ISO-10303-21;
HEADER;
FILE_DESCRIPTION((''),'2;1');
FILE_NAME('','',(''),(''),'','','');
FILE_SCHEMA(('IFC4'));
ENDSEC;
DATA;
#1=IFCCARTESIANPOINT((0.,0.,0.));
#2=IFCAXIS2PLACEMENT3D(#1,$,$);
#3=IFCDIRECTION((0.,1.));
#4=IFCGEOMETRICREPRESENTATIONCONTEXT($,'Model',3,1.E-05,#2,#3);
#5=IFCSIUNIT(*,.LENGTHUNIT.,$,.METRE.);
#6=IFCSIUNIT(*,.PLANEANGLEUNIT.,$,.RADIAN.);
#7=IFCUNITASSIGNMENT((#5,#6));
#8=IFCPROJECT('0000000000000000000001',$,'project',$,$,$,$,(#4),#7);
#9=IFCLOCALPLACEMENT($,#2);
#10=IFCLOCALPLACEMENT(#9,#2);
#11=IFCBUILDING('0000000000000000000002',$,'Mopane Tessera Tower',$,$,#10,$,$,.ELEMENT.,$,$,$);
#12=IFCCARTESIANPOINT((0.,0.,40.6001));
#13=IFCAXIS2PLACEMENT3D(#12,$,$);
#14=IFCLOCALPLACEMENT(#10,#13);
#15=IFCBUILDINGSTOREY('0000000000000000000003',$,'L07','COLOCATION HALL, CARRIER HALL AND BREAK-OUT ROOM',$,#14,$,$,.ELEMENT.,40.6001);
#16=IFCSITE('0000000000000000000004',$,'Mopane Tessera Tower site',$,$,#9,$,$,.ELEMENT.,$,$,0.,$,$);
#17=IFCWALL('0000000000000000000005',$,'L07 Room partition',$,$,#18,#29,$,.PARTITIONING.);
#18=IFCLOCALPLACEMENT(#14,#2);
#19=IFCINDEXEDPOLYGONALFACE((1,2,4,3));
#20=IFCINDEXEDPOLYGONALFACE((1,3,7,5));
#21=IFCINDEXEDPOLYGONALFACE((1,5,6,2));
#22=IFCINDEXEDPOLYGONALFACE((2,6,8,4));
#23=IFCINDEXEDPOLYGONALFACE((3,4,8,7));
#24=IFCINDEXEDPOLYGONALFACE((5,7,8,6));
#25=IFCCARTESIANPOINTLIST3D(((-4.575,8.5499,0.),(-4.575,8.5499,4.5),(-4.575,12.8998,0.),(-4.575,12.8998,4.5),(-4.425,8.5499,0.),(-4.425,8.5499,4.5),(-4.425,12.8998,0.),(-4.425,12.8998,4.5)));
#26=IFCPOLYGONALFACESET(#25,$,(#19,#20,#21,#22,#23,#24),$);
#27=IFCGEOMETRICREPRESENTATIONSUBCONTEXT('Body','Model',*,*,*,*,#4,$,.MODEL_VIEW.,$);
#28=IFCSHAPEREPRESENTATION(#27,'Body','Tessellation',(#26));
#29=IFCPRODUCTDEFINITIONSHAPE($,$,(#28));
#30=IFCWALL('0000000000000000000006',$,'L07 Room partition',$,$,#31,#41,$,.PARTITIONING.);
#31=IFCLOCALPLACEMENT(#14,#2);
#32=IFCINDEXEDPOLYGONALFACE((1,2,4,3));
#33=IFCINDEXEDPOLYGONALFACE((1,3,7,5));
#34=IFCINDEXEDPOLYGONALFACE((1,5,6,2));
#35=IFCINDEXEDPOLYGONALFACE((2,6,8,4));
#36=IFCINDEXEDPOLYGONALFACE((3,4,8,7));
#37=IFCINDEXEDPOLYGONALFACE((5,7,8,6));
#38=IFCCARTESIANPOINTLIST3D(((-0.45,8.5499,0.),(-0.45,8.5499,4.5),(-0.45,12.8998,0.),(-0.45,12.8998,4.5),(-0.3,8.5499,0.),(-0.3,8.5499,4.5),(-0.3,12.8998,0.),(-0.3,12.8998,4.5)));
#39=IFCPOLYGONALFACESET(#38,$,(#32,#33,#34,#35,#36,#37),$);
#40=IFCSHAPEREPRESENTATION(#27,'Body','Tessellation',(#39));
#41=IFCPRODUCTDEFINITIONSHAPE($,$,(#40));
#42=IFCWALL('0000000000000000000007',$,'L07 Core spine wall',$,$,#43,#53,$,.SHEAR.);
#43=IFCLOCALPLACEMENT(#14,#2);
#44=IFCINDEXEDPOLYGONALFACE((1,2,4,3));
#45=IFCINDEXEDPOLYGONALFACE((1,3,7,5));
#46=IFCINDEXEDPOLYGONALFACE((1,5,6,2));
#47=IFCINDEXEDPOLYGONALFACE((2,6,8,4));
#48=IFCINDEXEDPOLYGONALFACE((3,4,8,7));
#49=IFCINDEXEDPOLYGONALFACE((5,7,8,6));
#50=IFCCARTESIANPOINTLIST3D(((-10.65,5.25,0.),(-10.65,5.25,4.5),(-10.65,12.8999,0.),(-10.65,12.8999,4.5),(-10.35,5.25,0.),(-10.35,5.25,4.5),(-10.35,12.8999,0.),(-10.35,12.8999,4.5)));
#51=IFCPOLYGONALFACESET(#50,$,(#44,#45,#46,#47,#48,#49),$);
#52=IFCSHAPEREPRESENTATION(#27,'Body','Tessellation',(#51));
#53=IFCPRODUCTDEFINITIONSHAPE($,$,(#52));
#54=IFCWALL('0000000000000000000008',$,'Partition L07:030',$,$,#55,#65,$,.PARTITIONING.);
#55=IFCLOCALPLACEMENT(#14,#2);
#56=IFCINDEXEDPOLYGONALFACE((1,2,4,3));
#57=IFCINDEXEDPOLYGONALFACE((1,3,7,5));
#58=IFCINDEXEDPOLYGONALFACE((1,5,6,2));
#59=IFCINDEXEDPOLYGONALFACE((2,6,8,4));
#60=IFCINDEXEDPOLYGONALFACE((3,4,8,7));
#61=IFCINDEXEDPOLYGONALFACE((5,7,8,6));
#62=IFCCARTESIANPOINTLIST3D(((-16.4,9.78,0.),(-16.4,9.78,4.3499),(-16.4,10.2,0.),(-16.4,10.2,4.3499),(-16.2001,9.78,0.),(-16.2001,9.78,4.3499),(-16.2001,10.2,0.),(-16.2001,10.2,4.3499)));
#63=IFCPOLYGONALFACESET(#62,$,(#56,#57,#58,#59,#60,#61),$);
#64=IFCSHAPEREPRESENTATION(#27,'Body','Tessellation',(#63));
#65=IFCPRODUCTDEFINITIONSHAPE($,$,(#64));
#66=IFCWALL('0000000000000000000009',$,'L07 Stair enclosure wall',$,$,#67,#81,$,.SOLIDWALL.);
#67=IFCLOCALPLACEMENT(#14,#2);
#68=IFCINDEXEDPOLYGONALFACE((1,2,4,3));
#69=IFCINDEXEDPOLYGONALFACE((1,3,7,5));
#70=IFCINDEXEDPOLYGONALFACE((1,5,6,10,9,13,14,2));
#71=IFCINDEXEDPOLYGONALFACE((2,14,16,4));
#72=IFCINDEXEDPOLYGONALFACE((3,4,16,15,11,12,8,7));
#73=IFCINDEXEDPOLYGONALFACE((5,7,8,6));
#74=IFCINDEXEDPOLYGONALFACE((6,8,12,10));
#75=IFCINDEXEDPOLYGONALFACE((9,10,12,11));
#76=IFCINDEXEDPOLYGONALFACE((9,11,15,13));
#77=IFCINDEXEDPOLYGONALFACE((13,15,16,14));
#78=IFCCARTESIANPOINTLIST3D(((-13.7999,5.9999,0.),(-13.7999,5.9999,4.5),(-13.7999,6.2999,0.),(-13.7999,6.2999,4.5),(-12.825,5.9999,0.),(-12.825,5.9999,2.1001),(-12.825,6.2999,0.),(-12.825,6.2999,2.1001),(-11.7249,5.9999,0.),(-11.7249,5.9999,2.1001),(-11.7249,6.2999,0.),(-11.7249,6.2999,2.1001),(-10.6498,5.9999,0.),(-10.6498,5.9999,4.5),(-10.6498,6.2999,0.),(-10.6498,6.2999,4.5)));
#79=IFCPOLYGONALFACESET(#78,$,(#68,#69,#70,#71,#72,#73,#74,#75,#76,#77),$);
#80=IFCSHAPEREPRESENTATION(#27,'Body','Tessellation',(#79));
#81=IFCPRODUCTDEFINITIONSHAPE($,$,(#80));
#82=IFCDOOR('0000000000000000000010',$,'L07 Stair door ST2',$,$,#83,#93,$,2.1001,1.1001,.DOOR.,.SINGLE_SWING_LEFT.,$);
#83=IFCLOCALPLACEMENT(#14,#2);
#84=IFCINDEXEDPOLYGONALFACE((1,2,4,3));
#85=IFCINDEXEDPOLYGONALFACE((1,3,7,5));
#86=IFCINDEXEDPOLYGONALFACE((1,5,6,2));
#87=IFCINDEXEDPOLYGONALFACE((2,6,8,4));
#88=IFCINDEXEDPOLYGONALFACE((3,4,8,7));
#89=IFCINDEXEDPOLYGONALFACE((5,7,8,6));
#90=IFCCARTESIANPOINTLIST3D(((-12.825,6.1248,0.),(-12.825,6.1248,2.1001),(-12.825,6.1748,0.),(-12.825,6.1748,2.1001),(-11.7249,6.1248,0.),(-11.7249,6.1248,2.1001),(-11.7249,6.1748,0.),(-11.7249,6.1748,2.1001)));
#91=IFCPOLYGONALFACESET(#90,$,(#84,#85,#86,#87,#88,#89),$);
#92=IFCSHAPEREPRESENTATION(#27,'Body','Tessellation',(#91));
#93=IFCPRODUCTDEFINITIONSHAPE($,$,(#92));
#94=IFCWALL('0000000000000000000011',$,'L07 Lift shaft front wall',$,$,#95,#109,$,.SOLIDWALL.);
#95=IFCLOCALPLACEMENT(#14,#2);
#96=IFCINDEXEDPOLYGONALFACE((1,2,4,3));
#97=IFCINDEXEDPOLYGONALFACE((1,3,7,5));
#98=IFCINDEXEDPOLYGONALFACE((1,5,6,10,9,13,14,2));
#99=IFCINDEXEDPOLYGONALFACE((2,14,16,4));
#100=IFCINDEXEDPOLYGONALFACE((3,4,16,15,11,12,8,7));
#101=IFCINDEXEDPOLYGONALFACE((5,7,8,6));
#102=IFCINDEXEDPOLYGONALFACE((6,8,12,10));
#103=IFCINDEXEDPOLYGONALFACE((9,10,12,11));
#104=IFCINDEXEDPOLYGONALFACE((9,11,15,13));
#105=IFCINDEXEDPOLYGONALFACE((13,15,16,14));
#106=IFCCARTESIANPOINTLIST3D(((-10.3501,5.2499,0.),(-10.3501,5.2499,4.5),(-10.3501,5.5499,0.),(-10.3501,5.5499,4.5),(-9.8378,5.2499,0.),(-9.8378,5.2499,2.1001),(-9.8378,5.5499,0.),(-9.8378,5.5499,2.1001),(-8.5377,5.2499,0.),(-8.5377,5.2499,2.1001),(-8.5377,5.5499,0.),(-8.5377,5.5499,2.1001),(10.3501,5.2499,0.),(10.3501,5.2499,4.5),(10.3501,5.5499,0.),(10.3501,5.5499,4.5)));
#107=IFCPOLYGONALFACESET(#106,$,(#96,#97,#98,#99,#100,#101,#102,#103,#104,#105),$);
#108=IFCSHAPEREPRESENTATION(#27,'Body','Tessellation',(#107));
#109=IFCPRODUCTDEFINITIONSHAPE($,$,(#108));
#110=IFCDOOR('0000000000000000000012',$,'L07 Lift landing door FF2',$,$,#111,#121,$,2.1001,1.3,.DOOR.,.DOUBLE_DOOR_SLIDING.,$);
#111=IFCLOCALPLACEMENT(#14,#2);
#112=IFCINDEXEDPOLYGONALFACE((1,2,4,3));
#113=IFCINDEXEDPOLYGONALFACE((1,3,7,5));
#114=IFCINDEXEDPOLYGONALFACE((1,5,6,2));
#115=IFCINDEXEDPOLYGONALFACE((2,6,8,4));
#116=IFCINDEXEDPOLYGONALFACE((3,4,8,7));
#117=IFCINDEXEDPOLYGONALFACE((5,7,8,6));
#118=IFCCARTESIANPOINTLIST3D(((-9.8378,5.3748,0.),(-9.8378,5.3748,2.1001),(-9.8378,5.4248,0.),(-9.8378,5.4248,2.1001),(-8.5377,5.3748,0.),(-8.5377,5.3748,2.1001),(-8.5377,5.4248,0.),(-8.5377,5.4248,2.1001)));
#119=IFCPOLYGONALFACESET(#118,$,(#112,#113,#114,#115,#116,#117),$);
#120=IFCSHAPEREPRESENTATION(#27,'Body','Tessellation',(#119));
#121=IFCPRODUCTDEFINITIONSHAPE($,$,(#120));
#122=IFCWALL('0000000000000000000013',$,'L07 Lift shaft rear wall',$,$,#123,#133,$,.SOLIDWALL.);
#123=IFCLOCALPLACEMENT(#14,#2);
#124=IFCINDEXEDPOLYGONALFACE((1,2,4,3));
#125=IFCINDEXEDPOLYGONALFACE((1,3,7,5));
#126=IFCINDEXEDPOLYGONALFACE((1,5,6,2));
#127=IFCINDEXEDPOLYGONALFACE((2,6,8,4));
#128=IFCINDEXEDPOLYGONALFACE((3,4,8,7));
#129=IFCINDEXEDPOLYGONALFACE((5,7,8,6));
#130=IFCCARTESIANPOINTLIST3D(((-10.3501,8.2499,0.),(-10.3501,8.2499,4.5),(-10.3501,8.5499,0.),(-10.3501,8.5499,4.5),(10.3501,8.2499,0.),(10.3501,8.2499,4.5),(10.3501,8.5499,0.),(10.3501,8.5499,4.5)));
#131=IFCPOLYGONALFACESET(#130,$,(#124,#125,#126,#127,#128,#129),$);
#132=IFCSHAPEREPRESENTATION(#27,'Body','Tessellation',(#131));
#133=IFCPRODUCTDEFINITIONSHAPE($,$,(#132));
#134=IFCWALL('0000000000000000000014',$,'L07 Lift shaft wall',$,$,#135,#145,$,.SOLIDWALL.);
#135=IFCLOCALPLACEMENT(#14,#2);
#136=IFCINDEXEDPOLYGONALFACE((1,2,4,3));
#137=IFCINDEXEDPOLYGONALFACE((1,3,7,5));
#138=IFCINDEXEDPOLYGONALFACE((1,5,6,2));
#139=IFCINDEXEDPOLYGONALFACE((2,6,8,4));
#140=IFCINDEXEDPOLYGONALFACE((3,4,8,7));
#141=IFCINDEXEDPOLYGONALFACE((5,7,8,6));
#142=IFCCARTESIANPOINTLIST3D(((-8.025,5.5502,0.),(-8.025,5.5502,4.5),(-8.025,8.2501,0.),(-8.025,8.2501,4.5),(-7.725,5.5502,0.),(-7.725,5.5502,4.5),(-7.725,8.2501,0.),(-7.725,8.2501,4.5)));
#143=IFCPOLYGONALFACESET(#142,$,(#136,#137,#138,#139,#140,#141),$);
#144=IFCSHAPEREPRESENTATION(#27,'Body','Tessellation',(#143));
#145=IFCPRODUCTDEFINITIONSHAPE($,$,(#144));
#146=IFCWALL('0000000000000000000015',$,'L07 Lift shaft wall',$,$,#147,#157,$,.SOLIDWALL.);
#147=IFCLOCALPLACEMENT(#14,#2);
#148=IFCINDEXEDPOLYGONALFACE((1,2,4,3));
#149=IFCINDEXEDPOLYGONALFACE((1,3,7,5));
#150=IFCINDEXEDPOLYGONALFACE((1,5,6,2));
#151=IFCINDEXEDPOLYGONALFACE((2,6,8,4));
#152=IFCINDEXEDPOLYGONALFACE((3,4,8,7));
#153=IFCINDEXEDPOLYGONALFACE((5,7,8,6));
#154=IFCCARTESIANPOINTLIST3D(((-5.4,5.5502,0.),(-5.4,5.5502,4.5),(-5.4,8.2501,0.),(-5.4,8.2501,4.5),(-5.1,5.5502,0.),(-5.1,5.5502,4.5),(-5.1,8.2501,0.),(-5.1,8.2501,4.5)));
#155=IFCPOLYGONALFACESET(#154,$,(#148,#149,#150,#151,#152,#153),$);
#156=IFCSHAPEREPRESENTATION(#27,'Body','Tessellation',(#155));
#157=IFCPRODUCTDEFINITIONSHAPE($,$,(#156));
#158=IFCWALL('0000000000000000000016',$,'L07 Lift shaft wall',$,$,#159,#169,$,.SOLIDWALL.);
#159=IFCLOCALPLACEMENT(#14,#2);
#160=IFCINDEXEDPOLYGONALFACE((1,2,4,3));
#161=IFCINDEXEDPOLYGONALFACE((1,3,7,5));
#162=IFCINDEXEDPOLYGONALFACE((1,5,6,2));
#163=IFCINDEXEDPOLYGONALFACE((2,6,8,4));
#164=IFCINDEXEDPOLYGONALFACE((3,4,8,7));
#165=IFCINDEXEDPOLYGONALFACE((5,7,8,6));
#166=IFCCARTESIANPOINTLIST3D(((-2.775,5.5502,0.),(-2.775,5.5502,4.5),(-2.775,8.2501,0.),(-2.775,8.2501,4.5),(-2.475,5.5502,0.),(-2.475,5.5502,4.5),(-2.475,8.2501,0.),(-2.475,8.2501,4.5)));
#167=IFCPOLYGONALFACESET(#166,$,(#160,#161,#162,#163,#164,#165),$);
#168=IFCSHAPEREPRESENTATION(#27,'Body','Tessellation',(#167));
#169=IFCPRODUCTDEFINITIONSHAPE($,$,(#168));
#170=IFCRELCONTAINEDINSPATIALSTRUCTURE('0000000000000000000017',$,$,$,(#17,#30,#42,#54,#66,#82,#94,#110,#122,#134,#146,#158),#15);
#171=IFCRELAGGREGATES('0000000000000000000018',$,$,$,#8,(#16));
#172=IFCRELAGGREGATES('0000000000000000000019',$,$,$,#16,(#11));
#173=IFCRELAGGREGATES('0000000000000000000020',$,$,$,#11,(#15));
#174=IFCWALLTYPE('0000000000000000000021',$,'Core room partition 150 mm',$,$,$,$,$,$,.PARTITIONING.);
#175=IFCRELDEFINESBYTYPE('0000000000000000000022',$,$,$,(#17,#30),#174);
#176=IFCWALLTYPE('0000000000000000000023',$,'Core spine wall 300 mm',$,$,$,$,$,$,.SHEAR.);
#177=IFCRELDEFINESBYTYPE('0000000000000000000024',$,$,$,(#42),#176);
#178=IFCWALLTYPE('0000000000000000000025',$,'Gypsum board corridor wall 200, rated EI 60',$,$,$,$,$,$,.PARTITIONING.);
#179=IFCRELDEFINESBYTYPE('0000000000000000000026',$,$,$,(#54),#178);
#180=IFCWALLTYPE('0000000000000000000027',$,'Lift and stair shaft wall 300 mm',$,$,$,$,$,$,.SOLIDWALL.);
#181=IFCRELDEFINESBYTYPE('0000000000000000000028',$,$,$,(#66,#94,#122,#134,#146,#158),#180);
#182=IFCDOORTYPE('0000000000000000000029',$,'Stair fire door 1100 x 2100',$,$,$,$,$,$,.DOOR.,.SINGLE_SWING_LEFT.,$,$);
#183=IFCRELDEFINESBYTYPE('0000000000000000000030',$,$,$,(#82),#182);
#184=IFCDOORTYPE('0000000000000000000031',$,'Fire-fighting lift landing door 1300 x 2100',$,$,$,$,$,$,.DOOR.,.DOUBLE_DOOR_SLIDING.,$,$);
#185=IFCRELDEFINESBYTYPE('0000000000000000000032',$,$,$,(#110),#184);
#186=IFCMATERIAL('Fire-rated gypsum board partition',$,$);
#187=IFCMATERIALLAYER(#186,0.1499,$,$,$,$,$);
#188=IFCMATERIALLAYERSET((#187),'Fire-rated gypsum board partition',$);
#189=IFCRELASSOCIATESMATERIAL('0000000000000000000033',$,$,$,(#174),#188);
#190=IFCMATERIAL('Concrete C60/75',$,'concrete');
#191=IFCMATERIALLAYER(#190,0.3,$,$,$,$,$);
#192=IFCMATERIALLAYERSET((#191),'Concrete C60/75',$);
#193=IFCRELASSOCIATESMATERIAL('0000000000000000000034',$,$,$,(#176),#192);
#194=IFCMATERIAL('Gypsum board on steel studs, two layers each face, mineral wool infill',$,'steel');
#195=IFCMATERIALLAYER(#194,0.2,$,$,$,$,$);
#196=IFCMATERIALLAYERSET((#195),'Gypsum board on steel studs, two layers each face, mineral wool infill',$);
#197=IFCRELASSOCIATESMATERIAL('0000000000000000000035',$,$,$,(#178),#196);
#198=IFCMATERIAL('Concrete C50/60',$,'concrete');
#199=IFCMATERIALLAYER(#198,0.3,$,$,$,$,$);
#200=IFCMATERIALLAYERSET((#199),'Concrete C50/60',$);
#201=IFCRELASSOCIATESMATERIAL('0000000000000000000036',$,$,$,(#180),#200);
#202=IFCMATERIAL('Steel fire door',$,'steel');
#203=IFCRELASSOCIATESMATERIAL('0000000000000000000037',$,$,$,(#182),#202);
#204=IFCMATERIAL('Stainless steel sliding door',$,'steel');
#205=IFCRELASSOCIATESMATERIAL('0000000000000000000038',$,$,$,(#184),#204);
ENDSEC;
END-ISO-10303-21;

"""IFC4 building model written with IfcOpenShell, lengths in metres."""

from ifc_helpers import new_model, si_unit, direction, frame, frame_2d, origin, place, context, subcontext, project, spatial, rectangle, extrude, material, layer, layer_set, type_object, element, fill, save


model = new_model("IFC4")

# Units and contexts
model_context = context("Model", 3, precision=1e-05, world=origin(), true_north=direction((0.0, 1.0)))
body_context = subcontext(model_context, "Body", "Model", "MODEL_VIEW")
ifc_project = project(units=[si_unit("LENGTHUNIT", "METRE"), si_unit("PLANEANGLEUNIT", "RADIAN")], contexts=[model_context])

# Site, building, storey
site_placement = place(None, origin())
site = spatial("IfcSite", under=ifc_project, at=site_placement, Name="Mopane Tessera Tower site", CompositionType="ELEMENT", RefElevation=0.0)
building_placement = place(site_placement, origin())
building = spatial("IfcBuilding", under=site, at=building_placement, Name="Mopane Tessera Tower", CompositionType="ELEMENT")
storey_placement = place(building_placement, frame((0.0, 0.0, 40.6001)))
storey = spatial("IfcBuildingStorey", under=building, at=storey_placement, Name="L07", Description="COLOCATION HALL, CARRIER HALL AND BREAK-OUT ROOM", CompositionType="ELEMENT", Elevation=40.6001)

# Walls
ifc_material_1 = material(Name="Fire-rated gypsum board partition")
ifc_layer_1 = layer(ifc_material_1, 0.1499)
ifc_layer_set_1 = layer_set([ifc_layer_1], Name="Fire-rated gypsum board partition")
wall_type_1 = type_object("IfcWallType", Name="Core room partition 150 mm", PredefinedType="PARTITIONING", material=ifc_layer_set_1)
for number, where, z_axis, x_axis, name in (
    (1, (-4.5, 8.55, 0.0), (0.0, 0.0, 1.0), (0.0, 1.0, 0.0), "L07 Room partition"),
    (2, (-0.375, 8.55, 0.0), (0.0, 0.0, 1.0), (0.0, 1.0, 0.0), "L07 Room partition"),
):
    element("IfcWall", number, at=place(storey_placement, frame(where, z_axis=z_axis, x_axis=x_axis)), inside=storey, type_object=wall_type_1, Name=name, PredefinedType="PARTITIONING", context=body_context, shape_type="SweptSolid", body=[
        extrude(rectangle(XDim=4.3499, YDim=0.1499, at=frame_2d((2.1748, 0.0))), origin(), (0.0, 0.0, 1.0), 4.5),
    ])
ifc_material_2 = material(Name="Concrete C60/75", Category="concrete")
ifc_layer_2 = layer(ifc_material_2, 0.3)
ifc_layer_set_2 = layer_set([ifc_layer_2], Name="Concrete C60/75")
wall_type_2 = type_object("IfcWallType", Name="Core spine wall 300 mm", PredefinedType="SHEAR", material=ifc_layer_set_2)
wall_1_placement = place(storey_placement, frame((-10.5, 5.25, 0.0), z_axis=(0.0, 0.0, 1.0), x_axis=(0.0, 1.0, 0.0)))
element("IfcWall", 3, at=wall_1_placement, inside=storey, type_object=wall_type_2, Name="L07 Core spine wall", PredefinedType="SHEAR", context=body_context, shape_type="SweptSolid", body=[
    extrude(rectangle(XDim=7.6499, YDim=0.3, at=frame_2d((3.825, 0.0))), origin(), (0.0, 0.0, 1.0), 4.5),
])
ifc_material_3 = material(Name="Gypsum board on steel studs, two layers each face, mineral wool infill", Category="steel")
ifc_layer_3 = layer(ifc_material_3, 0.2)
ifc_layer_set_3 = layer_set([ifc_layer_3], Name="Gypsum board on steel studs, two layers each face, mineral wool infill")
wall_type_3 = type_object("IfcWallType", Name="Gypsum board corridor wall 200, rated EI 60", PredefinedType="PARTITIONING", material=ifc_layer_set_3)
wall_2_placement = place(storey_placement, frame((-16.3, 9.78, 0.0), z_axis=(0.0, 0.0, 1.0), x_axis=(0.0, 1.0, 0.0)))
element("IfcWall", 4, at=wall_2_placement, inside=storey, type_object=wall_type_3, Name="Partition L07:030", PredefinedType="PARTITIONING", context=body_context, shape_type="SweptSolid", body=[
    extrude(rectangle(XDim=0.4199, YDim=0.2, at=frame_2d((0.21, 0.0))), origin(), (0.0, 0.0, 1.0), 4.3499),
])

# Walls, openings, doors
ifc_material_4 = material(Name="Concrete C50/60", Category="concrete")
ifc_layer_4 = layer(ifc_material_4, 0.3)
ifc_layer_set_4 = layer_set([ifc_layer_4], Name="Concrete C50/60")
wall_type_4 = type_object("IfcWallType", Name="Lift and stair shaft wall 300 mm", PredefinedType="SOLIDWALL", material=ifc_layer_set_4)
wall_3_placement = place(storey_placement, frame((-13.8, 6.1499, 0.0), z_axis=(0.0, 0.0, 1.0), x_axis=(1.0, 0.0, 0.0)))
wall_3 = element("IfcWall", 5, at=wall_3_placement, inside=storey, type_object=wall_type_4, Name="L07 Stair enclosure wall", PredefinedType="SOLIDWALL", context=body_context, shape_type="SweptSolid", body=[
    extrude(rectangle(XDim=3.1501, YDim=0.3, at=frame_2d((1.5752, 0.0))), origin(), (0.0, 0.0, 1.0), 4.5),
])
opening_1_placement = place(wall_3_placement, frame((0.9751, 0.0, 0.0)))
opening_1 = element("IfcOpeningElement", 6, at=opening_1_placement, cuts=wall_3, PredefinedType="OPENING", context=body_context, shape_type="SweptSolid", body=[
    extrude(rectangle(XDim=1.1001, YDim=2.1001, at=frame_2d((0.55, 1.05))), frame((0.0, 0.1621, 0.0), z_axis=(0.0, -1.0, 0.0), x_axis=(1.0, 0.0, 0.0)), (0.0, 0.0, 1.0), 0.324),
])
ifc_material_5 = material(Name="Steel fire door", Category="steel")
door_type_1 = type_object("IfcDoorType", Name="Stair fire door 1100 x 2100", OperationType="SINGLE_SWING_LEFT", PredefinedType="DOOR", material=ifc_material_5)
door_1_placement = place(opening_1_placement, origin())
door_1 = element("IfcDoor", 7, at=door_1_placement, inside=storey, type_object=door_type_1, Name="L07 Stair door ST2", OperationType="SINGLE_SWING_LEFT", OverallHeight=2.1001, OverallWidth=1.1001, PredefinedType="DOOR", context=body_context, shape_type="SweptSolid", body=[
    extrude(rectangle(XDim=1.1001, YDim=2.1001, at=frame_2d((0.55, 1.05))), frame((0.0, 0.0249, 0.0), z_axis=(0.0, -1.0, 0.0), x_axis=(1.0, 0.0, 0.0)), (0.0, 0.0, 1.0), 0.05),
])
fill(opening_1, door_1)
wall_4_placement = place(storey_placement, frame((-10.3501, 5.3999, 0.0), z_axis=(0.0, 0.0, 1.0), x_axis=(1.0, 0.0, 0.0)))
wall_4 = element("IfcWall", 8, at=wall_4_placement, inside=storey, type_object=wall_type_4, Name="L07 Lift shaft front wall", PredefinedType="SOLIDWALL", context=body_context, shape_type="SweptSolid", body=[
    extrude(rectangle(XDim=20.7002, YDim=0.3, at=frame_2d((10.3501, 0.0))), origin(), (0.0, 0.0, 1.0), 4.5),
])
opening_2_placement = place(wall_4_placement, frame((0.5125, 0.0, 0.0)))
opening_2 = element("IfcOpeningElement", 9, at=opening_2_placement, cuts=wall_4, PredefinedType="OPENING", context=body_context, shape_type="SweptSolid", body=[
    extrude(rectangle(XDim=1.3, YDim=2.1001, at=frame_2d((0.6499, 1.05))), frame((0.0, 0.1621, 0.0), z_axis=(0.0, -1.0, 0.0), x_axis=(1.0, 0.0, 0.0)), (0.0, 0.0, 1.0), 0.324),
])
ifc_material_6 = material(Name="Stainless steel sliding door", Category="steel")
door_type_2 = type_object("IfcDoorType", Name="Fire-fighting lift landing door 1300 x 2100", OperationType="DOUBLE_DOOR_SLIDING", PredefinedType="DOOR", material=ifc_material_6)
door_2_placement = place(opening_2_placement, origin())
door_2 = element("IfcDoor", 10, at=door_2_placement, inside=storey, type_object=door_type_2, Name="L07 Lift landing door FF2", OperationType="DOUBLE_DOOR_SLIDING", OverallHeight=2.1001, OverallWidth=1.3, PredefinedType="DOOR", context=body_context, shape_type="SweptSolid", body=[
    extrude(rectangle(XDim=1.3, YDim=2.1001, at=frame_2d((0.6499, 1.05))), frame((0.0, 0.0249, 0.0), z_axis=(0.0, -1.0, 0.0), x_axis=(1.0, 0.0, 0.0)), (0.0, 0.0, 1.0), 0.05),
])
fill(opening_2, door_2)

# Walls
wall_5_placement = place(storey_placement, frame((-10.3501, 8.3999, 0.0), z_axis=(0.0, 0.0, 1.0), x_axis=(1.0, 0.0, 0.0)))
element("IfcWall", 11, at=wall_5_placement, inside=storey, type_object=wall_type_4, Name="L07 Lift shaft rear wall", PredefinedType="SOLIDWALL", context=body_context, shape_type="SweptSolid", body=[
    extrude(rectangle(XDim=20.7002, YDim=0.3, at=frame_2d((10.3501, 0.0))), origin(), (0.0, 0.0, 1.0), 4.5),
])
for number, where, z_axis, x_axis, name in (
    (12, (-7.875, 5.55, 0.0), (0.0, 0.0, 1.0), (0.0, 1.0, 0.0), "L07 Lift shaft wall"),
    (13, (-5.25, 5.55, 0.0), (0.0, 0.0, 1.0), (0.0, 1.0, 0.0), "L07 Lift shaft wall"),
    (14, (-2.625, 5.55, 0.0), (0.0, 0.0, 1.0), (0.0, 1.0, 0.0), "L07 Lift shaft wall"),
):
    element("IfcWall", number, at=place(storey_placement, frame(where, z_axis=z_axis, x_axis=x_axis)), inside=storey, type_object=wall_type_4, Name=name, PredefinedType="SOLIDWALL", context=body_context, shape_type="SweptSolid", body=[
        extrude(rectangle(XDim=2.7, YDim=0.3, at=frame_2d((1.3501, 0.0))), origin(), (0.0, 0.0, 1.0), 4.5),
    ])

save(model, "model.ifc")
